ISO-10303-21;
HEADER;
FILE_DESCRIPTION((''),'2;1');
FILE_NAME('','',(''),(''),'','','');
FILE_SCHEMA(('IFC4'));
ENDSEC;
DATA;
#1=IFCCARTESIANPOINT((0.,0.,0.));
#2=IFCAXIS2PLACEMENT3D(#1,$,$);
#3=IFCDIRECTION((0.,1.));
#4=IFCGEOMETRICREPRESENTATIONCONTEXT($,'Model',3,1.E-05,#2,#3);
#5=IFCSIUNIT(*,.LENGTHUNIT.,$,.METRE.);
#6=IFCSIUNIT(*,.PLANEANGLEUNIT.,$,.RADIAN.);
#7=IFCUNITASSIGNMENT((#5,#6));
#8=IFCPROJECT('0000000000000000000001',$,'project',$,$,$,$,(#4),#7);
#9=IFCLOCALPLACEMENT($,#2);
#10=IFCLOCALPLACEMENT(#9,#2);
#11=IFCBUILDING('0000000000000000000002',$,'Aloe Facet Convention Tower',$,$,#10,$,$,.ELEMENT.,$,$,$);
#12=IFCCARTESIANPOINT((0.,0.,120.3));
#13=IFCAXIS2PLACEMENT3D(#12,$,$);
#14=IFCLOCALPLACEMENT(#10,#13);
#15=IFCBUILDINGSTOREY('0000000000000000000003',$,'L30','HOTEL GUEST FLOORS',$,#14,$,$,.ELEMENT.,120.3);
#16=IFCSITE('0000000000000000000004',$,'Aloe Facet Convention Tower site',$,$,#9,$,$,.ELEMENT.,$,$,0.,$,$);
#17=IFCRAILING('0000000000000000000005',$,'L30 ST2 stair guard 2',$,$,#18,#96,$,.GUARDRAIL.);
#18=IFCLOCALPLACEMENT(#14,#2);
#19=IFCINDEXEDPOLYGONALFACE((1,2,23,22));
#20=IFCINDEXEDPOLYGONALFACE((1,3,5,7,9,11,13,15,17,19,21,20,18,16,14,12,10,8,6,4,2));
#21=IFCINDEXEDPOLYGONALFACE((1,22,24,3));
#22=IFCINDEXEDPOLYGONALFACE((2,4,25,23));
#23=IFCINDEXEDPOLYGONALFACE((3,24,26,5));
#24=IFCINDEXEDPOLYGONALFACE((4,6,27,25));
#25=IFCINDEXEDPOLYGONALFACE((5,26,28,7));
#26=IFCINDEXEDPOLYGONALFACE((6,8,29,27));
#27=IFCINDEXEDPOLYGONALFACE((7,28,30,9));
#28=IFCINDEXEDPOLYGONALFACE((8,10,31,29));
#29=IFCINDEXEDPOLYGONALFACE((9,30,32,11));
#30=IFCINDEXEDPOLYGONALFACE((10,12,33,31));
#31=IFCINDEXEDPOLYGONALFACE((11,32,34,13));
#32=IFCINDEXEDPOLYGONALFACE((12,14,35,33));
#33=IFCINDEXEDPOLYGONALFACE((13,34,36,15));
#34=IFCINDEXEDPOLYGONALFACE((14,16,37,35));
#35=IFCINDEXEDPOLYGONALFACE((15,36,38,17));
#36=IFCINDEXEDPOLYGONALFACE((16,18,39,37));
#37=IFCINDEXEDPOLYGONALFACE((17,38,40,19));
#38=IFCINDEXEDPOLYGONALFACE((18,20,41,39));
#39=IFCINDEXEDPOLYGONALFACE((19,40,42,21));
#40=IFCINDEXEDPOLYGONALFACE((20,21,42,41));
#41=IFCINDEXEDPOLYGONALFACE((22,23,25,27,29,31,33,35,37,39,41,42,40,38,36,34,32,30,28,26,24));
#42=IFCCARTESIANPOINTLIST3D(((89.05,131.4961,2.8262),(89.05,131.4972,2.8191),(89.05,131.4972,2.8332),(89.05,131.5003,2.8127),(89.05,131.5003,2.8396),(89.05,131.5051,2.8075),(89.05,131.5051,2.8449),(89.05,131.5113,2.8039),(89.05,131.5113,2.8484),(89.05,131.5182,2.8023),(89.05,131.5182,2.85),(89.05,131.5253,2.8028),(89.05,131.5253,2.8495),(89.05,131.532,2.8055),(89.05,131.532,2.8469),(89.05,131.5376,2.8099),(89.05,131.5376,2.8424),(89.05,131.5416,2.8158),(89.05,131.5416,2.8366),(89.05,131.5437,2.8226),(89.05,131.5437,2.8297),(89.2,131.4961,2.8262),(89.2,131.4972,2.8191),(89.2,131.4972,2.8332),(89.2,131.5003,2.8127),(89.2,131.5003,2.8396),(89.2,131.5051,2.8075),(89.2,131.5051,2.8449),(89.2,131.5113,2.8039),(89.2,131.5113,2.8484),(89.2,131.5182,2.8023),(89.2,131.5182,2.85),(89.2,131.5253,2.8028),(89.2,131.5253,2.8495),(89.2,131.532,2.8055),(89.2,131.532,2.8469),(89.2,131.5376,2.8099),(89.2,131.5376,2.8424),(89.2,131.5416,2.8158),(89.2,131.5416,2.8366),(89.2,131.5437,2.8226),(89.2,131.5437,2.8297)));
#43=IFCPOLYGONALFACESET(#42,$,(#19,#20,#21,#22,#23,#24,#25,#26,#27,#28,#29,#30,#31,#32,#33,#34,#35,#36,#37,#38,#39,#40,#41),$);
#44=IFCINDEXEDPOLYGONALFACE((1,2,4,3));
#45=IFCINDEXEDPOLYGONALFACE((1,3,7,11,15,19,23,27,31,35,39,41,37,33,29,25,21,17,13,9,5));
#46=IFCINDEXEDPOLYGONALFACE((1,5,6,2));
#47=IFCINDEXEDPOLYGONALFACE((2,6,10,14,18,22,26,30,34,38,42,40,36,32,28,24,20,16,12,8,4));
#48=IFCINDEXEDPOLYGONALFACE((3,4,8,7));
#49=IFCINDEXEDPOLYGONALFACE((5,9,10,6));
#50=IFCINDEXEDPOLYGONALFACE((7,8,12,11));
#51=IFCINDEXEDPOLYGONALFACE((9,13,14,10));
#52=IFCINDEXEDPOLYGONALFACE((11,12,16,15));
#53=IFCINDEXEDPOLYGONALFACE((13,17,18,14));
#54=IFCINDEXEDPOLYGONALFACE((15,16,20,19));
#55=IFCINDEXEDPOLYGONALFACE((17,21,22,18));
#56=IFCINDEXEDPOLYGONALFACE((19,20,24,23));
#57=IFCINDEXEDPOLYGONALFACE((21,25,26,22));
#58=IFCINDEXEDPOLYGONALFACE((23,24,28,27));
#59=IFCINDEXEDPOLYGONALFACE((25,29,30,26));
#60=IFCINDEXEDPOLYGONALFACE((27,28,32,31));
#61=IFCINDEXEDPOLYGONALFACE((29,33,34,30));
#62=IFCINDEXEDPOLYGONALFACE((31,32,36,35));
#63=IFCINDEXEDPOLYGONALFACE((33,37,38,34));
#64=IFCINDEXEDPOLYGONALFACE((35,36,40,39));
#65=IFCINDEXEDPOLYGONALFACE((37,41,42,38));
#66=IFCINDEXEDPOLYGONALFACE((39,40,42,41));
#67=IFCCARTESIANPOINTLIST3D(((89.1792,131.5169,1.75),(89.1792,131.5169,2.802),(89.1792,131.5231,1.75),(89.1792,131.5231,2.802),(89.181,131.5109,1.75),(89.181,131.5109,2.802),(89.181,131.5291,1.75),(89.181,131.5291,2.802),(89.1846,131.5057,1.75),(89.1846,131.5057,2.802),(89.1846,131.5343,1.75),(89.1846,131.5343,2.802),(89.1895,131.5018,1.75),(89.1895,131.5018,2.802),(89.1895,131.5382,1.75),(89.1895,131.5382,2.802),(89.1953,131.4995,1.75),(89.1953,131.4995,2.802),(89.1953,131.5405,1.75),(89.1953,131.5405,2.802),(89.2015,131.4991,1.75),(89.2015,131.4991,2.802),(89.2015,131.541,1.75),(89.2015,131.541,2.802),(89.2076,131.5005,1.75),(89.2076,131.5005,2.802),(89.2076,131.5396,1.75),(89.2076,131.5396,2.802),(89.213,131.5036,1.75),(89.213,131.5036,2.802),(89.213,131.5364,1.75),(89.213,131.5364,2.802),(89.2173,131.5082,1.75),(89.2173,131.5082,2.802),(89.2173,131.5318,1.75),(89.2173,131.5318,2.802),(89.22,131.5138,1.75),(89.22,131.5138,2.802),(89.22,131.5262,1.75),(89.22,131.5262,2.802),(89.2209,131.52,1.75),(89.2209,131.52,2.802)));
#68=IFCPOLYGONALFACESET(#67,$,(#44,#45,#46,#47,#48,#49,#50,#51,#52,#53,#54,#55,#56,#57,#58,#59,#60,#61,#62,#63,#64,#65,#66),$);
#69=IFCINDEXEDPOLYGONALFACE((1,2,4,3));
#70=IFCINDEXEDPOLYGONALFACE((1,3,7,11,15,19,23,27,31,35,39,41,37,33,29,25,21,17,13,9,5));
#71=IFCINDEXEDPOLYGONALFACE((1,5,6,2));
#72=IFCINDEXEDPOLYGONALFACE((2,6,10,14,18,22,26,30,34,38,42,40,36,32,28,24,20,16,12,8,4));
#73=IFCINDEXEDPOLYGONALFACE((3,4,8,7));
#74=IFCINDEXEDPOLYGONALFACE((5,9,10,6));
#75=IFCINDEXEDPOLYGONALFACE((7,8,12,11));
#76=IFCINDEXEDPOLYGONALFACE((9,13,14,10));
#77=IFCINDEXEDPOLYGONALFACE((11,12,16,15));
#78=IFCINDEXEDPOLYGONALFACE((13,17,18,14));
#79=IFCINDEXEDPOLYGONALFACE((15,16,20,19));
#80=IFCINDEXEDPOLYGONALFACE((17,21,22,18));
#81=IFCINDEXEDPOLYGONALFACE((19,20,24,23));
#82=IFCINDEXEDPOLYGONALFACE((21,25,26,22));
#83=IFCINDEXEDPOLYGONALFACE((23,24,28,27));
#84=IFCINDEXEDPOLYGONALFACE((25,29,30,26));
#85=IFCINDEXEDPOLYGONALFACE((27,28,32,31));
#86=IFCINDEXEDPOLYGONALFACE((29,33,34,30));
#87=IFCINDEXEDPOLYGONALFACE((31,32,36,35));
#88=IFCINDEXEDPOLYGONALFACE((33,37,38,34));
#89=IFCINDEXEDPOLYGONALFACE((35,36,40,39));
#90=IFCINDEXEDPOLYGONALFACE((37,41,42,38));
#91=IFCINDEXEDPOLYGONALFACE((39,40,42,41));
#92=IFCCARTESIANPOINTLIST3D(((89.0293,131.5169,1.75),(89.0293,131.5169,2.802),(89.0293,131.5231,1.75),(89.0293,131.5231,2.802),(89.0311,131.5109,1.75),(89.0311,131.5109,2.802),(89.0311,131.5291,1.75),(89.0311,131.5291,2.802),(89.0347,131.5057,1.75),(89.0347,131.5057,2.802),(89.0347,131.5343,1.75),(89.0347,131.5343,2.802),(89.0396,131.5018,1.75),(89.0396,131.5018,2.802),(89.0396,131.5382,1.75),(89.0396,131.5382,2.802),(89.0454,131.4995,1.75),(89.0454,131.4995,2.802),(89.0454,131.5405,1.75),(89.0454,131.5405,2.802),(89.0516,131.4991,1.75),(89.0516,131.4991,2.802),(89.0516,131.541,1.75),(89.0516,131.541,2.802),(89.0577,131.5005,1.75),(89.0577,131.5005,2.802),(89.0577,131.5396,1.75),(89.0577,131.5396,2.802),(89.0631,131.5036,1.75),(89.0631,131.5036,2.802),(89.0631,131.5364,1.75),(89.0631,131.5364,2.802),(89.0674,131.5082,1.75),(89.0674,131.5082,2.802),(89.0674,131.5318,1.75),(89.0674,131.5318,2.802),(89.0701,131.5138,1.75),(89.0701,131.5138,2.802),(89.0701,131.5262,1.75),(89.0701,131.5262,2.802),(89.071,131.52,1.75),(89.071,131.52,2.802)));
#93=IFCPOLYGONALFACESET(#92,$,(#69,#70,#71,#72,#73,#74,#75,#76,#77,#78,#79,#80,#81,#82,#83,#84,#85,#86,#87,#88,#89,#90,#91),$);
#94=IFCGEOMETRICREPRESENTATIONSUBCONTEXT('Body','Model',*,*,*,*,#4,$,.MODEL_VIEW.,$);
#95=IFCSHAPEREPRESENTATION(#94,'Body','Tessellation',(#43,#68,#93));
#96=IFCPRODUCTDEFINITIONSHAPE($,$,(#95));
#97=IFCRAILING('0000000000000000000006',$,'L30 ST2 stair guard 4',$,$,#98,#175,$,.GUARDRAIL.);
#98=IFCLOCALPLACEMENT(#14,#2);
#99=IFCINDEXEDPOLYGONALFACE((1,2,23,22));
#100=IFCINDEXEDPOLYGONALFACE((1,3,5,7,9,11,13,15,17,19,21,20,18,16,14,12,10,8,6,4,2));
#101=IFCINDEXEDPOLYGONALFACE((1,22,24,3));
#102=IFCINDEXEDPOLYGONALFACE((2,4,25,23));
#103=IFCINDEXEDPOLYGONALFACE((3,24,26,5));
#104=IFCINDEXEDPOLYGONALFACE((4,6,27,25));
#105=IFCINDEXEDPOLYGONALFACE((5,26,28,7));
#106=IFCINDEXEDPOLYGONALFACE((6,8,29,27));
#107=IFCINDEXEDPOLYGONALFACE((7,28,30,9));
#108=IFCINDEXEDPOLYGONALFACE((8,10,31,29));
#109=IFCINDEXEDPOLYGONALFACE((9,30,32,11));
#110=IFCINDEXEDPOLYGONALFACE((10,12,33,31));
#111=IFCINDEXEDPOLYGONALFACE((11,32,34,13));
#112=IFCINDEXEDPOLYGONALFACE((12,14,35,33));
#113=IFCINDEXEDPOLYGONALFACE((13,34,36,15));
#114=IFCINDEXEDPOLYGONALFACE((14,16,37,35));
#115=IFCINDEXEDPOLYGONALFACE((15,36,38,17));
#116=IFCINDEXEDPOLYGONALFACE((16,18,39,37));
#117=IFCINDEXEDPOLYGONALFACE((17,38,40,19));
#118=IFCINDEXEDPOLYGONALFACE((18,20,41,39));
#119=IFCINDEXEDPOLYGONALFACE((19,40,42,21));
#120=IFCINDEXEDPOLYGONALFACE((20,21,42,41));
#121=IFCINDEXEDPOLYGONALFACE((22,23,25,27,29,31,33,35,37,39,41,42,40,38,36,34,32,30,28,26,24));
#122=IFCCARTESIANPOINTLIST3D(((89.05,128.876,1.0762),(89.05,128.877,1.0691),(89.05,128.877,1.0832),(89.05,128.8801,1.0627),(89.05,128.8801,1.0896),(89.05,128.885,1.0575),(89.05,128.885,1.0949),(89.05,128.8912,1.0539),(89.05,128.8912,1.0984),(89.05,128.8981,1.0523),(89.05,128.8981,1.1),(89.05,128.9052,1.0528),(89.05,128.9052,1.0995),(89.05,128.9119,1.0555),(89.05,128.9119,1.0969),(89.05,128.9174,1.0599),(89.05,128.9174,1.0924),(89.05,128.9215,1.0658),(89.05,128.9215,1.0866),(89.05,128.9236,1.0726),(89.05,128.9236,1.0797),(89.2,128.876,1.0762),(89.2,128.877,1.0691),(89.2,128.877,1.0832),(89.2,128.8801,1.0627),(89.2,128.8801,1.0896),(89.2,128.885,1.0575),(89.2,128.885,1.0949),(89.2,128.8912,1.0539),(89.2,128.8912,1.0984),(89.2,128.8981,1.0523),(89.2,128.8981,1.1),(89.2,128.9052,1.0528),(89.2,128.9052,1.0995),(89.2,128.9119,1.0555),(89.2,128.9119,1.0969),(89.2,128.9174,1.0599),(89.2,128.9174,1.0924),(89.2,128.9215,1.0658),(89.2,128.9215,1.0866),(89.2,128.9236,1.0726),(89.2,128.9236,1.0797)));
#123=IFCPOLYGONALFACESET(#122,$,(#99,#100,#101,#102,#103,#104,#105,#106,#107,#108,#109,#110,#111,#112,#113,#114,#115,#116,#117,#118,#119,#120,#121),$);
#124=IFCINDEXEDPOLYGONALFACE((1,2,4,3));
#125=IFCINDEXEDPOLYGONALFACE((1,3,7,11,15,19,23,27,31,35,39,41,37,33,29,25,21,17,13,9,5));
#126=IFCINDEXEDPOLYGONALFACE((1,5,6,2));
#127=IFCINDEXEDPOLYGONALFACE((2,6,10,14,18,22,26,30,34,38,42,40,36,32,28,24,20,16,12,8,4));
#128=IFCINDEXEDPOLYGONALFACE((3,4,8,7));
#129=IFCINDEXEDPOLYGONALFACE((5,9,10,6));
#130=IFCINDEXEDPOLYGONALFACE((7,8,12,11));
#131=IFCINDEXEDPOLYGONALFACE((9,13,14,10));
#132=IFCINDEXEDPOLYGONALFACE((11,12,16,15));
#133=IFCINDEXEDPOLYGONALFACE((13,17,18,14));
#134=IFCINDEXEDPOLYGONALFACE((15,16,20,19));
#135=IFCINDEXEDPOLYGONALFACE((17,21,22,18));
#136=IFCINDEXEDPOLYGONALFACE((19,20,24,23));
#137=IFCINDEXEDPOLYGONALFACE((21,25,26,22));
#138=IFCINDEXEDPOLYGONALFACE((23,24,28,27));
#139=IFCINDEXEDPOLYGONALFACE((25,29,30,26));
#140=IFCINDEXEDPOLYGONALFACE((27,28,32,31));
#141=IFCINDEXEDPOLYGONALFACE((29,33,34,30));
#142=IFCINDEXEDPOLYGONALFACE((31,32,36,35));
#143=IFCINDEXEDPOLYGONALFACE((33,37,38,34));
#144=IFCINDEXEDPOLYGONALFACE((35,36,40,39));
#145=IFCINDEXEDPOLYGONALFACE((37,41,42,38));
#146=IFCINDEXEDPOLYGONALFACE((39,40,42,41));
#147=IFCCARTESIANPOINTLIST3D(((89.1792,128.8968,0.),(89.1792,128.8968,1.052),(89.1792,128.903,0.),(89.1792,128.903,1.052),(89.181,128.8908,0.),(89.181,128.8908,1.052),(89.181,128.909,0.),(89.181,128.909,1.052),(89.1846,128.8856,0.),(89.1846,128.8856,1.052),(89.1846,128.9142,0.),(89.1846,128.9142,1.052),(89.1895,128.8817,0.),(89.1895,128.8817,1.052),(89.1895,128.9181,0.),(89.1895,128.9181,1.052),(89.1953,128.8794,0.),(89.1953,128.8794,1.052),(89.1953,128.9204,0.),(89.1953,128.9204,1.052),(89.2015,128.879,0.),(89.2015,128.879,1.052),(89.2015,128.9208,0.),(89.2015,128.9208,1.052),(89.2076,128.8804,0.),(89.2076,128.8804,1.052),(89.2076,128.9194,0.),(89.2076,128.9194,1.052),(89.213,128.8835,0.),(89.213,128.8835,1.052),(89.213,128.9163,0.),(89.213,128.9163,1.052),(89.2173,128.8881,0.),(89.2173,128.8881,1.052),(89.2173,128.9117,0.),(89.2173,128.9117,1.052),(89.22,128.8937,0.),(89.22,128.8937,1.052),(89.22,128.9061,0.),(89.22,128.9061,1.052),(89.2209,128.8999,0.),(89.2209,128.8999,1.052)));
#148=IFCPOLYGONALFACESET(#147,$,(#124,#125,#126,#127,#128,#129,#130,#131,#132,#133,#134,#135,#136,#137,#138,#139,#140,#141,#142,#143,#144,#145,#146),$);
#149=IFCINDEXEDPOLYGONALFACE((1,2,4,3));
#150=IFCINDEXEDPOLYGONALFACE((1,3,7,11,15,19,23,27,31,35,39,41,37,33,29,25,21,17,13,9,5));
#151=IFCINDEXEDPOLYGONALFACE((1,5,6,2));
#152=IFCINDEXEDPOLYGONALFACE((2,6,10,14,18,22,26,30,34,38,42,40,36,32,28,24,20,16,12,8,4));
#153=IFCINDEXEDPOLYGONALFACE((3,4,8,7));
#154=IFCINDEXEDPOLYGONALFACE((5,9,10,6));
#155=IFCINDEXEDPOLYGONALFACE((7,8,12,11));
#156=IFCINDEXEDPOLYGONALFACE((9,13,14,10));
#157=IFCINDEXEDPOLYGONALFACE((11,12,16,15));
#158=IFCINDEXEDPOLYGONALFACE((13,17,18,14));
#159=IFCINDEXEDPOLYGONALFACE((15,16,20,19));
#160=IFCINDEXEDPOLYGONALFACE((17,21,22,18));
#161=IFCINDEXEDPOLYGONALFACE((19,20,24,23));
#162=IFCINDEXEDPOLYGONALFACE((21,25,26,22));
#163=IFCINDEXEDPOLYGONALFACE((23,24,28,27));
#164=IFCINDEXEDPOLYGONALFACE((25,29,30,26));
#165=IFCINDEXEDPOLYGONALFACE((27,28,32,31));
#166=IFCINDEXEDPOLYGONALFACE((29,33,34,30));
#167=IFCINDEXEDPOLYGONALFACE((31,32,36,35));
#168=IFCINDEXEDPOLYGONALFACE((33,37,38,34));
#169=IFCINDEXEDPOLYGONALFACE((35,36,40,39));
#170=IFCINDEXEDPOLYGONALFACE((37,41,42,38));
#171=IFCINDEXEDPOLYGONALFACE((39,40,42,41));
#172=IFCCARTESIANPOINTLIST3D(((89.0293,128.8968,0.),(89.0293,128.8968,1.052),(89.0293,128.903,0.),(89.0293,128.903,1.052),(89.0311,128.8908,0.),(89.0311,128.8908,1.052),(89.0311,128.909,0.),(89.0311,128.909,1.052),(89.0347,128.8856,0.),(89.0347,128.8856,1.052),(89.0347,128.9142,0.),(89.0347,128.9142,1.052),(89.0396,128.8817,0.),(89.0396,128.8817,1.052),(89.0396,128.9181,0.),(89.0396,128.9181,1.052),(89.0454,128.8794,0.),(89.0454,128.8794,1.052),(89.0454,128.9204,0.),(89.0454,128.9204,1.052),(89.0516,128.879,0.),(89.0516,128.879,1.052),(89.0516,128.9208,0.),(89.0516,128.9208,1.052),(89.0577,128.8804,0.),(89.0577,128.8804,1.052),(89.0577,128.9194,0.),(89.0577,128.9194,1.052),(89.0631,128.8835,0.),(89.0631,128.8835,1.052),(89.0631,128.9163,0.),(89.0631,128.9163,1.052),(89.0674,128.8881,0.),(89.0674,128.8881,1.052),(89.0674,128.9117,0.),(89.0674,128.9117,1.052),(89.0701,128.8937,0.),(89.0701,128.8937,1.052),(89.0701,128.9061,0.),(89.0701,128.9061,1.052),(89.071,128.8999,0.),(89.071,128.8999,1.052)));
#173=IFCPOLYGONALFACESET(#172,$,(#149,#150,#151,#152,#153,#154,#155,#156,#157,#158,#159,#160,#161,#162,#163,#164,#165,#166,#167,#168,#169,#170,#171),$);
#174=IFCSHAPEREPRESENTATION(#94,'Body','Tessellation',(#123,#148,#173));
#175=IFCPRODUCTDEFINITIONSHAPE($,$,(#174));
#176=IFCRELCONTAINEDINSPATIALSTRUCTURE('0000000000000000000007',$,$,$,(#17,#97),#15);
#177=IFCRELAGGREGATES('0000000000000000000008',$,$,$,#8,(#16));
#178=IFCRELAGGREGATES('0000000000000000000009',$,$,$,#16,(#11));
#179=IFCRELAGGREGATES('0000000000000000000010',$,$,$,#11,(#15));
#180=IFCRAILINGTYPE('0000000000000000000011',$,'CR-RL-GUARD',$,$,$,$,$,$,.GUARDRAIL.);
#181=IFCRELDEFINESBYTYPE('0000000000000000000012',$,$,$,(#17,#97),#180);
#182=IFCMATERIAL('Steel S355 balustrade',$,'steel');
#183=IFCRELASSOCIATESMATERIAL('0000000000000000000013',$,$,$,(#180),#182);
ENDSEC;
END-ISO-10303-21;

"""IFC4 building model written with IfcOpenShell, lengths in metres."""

from ifc_helpers import new_model, si_unit, direction, frame, origin, origin_2d, place, context, subcontext, project, spatial, circle, extrude, material, type_object, element, save


model = new_model("IFC4")

# Units and contexts
model_context = context("Model", 3, precision=1e-05, world=origin(), true_north=direction((0.0, 1.0)))
body_context = subcontext(model_context, "Body", "Model", "MODEL_VIEW")
ifc_project = project(units=[si_unit("LENGTHUNIT", "METRE"), si_unit("PLANEANGLEUNIT", "RADIAN")], contexts=[model_context])

# Site, building, storey
site_placement = place(None, origin())
site = spatial("IfcSite", under=ifc_project, at=site_placement, Name="Aloe Facet Convention Tower site", CompositionType="ELEMENT", RefElevation=0.0)
building_placement = place(site_placement, origin())
building = spatial("IfcBuilding", under=site, at=building_placement, Name="Aloe Facet Convention Tower", CompositionType="ELEMENT")
storey_placement = place(building_placement, frame((0.0, 0.0, 120.3)))
storey = spatial("IfcBuildingStorey", under=building, at=storey_placement, Name="L30", Description="HOTEL GUEST FLOORS", CompositionType="ELEMENT", Elevation=120.3)

# Railings
ifc_material_1 = material(Name="Steel S355 balustrade", Category="steel")
railing_type_1 = type_object("IfcRailingType", Name="CR-RL-GUARD", PredefinedType="GUARDRAIL", material=ifc_material_1)
for number, where, name in (
    (1, (89.2, 131.52, 1.75), "L30 ST2 stair guard 2"),
    (2, (89.2, 128.8999, 0.0), "L30 ST2 stair guard 4"),
):
    element("IfcRailing", number, at=place(storey_placement, frame(where)), inside=storey, type_object=railing_type_1, Name=name, PredefinedType="GUARDRAIL", context=body_context, shape_type="SweptSolid", body=[
        extrude(circle(Radius=0.0239, at=origin_2d()), frame((0.0, 0.0, 1.0762), z_axis=(-1.0, 0.0, 0.0), x_axis=(0.0, -1.0, 0.0)), (0.0, 0.0, 1.0), 0.1499),
        extrude(circle(Radius=0.021, at=origin_2d()), origin(), (0.0, 0.0, 1.0), 1.052),
        extrude(circle(Radius=0.021, at=origin_2d()), frame((-0.1499, 0.0, 0.0)), (0.0, 0.0, 1.0), 1.052),
    ])

save(model, "model.ifc")
